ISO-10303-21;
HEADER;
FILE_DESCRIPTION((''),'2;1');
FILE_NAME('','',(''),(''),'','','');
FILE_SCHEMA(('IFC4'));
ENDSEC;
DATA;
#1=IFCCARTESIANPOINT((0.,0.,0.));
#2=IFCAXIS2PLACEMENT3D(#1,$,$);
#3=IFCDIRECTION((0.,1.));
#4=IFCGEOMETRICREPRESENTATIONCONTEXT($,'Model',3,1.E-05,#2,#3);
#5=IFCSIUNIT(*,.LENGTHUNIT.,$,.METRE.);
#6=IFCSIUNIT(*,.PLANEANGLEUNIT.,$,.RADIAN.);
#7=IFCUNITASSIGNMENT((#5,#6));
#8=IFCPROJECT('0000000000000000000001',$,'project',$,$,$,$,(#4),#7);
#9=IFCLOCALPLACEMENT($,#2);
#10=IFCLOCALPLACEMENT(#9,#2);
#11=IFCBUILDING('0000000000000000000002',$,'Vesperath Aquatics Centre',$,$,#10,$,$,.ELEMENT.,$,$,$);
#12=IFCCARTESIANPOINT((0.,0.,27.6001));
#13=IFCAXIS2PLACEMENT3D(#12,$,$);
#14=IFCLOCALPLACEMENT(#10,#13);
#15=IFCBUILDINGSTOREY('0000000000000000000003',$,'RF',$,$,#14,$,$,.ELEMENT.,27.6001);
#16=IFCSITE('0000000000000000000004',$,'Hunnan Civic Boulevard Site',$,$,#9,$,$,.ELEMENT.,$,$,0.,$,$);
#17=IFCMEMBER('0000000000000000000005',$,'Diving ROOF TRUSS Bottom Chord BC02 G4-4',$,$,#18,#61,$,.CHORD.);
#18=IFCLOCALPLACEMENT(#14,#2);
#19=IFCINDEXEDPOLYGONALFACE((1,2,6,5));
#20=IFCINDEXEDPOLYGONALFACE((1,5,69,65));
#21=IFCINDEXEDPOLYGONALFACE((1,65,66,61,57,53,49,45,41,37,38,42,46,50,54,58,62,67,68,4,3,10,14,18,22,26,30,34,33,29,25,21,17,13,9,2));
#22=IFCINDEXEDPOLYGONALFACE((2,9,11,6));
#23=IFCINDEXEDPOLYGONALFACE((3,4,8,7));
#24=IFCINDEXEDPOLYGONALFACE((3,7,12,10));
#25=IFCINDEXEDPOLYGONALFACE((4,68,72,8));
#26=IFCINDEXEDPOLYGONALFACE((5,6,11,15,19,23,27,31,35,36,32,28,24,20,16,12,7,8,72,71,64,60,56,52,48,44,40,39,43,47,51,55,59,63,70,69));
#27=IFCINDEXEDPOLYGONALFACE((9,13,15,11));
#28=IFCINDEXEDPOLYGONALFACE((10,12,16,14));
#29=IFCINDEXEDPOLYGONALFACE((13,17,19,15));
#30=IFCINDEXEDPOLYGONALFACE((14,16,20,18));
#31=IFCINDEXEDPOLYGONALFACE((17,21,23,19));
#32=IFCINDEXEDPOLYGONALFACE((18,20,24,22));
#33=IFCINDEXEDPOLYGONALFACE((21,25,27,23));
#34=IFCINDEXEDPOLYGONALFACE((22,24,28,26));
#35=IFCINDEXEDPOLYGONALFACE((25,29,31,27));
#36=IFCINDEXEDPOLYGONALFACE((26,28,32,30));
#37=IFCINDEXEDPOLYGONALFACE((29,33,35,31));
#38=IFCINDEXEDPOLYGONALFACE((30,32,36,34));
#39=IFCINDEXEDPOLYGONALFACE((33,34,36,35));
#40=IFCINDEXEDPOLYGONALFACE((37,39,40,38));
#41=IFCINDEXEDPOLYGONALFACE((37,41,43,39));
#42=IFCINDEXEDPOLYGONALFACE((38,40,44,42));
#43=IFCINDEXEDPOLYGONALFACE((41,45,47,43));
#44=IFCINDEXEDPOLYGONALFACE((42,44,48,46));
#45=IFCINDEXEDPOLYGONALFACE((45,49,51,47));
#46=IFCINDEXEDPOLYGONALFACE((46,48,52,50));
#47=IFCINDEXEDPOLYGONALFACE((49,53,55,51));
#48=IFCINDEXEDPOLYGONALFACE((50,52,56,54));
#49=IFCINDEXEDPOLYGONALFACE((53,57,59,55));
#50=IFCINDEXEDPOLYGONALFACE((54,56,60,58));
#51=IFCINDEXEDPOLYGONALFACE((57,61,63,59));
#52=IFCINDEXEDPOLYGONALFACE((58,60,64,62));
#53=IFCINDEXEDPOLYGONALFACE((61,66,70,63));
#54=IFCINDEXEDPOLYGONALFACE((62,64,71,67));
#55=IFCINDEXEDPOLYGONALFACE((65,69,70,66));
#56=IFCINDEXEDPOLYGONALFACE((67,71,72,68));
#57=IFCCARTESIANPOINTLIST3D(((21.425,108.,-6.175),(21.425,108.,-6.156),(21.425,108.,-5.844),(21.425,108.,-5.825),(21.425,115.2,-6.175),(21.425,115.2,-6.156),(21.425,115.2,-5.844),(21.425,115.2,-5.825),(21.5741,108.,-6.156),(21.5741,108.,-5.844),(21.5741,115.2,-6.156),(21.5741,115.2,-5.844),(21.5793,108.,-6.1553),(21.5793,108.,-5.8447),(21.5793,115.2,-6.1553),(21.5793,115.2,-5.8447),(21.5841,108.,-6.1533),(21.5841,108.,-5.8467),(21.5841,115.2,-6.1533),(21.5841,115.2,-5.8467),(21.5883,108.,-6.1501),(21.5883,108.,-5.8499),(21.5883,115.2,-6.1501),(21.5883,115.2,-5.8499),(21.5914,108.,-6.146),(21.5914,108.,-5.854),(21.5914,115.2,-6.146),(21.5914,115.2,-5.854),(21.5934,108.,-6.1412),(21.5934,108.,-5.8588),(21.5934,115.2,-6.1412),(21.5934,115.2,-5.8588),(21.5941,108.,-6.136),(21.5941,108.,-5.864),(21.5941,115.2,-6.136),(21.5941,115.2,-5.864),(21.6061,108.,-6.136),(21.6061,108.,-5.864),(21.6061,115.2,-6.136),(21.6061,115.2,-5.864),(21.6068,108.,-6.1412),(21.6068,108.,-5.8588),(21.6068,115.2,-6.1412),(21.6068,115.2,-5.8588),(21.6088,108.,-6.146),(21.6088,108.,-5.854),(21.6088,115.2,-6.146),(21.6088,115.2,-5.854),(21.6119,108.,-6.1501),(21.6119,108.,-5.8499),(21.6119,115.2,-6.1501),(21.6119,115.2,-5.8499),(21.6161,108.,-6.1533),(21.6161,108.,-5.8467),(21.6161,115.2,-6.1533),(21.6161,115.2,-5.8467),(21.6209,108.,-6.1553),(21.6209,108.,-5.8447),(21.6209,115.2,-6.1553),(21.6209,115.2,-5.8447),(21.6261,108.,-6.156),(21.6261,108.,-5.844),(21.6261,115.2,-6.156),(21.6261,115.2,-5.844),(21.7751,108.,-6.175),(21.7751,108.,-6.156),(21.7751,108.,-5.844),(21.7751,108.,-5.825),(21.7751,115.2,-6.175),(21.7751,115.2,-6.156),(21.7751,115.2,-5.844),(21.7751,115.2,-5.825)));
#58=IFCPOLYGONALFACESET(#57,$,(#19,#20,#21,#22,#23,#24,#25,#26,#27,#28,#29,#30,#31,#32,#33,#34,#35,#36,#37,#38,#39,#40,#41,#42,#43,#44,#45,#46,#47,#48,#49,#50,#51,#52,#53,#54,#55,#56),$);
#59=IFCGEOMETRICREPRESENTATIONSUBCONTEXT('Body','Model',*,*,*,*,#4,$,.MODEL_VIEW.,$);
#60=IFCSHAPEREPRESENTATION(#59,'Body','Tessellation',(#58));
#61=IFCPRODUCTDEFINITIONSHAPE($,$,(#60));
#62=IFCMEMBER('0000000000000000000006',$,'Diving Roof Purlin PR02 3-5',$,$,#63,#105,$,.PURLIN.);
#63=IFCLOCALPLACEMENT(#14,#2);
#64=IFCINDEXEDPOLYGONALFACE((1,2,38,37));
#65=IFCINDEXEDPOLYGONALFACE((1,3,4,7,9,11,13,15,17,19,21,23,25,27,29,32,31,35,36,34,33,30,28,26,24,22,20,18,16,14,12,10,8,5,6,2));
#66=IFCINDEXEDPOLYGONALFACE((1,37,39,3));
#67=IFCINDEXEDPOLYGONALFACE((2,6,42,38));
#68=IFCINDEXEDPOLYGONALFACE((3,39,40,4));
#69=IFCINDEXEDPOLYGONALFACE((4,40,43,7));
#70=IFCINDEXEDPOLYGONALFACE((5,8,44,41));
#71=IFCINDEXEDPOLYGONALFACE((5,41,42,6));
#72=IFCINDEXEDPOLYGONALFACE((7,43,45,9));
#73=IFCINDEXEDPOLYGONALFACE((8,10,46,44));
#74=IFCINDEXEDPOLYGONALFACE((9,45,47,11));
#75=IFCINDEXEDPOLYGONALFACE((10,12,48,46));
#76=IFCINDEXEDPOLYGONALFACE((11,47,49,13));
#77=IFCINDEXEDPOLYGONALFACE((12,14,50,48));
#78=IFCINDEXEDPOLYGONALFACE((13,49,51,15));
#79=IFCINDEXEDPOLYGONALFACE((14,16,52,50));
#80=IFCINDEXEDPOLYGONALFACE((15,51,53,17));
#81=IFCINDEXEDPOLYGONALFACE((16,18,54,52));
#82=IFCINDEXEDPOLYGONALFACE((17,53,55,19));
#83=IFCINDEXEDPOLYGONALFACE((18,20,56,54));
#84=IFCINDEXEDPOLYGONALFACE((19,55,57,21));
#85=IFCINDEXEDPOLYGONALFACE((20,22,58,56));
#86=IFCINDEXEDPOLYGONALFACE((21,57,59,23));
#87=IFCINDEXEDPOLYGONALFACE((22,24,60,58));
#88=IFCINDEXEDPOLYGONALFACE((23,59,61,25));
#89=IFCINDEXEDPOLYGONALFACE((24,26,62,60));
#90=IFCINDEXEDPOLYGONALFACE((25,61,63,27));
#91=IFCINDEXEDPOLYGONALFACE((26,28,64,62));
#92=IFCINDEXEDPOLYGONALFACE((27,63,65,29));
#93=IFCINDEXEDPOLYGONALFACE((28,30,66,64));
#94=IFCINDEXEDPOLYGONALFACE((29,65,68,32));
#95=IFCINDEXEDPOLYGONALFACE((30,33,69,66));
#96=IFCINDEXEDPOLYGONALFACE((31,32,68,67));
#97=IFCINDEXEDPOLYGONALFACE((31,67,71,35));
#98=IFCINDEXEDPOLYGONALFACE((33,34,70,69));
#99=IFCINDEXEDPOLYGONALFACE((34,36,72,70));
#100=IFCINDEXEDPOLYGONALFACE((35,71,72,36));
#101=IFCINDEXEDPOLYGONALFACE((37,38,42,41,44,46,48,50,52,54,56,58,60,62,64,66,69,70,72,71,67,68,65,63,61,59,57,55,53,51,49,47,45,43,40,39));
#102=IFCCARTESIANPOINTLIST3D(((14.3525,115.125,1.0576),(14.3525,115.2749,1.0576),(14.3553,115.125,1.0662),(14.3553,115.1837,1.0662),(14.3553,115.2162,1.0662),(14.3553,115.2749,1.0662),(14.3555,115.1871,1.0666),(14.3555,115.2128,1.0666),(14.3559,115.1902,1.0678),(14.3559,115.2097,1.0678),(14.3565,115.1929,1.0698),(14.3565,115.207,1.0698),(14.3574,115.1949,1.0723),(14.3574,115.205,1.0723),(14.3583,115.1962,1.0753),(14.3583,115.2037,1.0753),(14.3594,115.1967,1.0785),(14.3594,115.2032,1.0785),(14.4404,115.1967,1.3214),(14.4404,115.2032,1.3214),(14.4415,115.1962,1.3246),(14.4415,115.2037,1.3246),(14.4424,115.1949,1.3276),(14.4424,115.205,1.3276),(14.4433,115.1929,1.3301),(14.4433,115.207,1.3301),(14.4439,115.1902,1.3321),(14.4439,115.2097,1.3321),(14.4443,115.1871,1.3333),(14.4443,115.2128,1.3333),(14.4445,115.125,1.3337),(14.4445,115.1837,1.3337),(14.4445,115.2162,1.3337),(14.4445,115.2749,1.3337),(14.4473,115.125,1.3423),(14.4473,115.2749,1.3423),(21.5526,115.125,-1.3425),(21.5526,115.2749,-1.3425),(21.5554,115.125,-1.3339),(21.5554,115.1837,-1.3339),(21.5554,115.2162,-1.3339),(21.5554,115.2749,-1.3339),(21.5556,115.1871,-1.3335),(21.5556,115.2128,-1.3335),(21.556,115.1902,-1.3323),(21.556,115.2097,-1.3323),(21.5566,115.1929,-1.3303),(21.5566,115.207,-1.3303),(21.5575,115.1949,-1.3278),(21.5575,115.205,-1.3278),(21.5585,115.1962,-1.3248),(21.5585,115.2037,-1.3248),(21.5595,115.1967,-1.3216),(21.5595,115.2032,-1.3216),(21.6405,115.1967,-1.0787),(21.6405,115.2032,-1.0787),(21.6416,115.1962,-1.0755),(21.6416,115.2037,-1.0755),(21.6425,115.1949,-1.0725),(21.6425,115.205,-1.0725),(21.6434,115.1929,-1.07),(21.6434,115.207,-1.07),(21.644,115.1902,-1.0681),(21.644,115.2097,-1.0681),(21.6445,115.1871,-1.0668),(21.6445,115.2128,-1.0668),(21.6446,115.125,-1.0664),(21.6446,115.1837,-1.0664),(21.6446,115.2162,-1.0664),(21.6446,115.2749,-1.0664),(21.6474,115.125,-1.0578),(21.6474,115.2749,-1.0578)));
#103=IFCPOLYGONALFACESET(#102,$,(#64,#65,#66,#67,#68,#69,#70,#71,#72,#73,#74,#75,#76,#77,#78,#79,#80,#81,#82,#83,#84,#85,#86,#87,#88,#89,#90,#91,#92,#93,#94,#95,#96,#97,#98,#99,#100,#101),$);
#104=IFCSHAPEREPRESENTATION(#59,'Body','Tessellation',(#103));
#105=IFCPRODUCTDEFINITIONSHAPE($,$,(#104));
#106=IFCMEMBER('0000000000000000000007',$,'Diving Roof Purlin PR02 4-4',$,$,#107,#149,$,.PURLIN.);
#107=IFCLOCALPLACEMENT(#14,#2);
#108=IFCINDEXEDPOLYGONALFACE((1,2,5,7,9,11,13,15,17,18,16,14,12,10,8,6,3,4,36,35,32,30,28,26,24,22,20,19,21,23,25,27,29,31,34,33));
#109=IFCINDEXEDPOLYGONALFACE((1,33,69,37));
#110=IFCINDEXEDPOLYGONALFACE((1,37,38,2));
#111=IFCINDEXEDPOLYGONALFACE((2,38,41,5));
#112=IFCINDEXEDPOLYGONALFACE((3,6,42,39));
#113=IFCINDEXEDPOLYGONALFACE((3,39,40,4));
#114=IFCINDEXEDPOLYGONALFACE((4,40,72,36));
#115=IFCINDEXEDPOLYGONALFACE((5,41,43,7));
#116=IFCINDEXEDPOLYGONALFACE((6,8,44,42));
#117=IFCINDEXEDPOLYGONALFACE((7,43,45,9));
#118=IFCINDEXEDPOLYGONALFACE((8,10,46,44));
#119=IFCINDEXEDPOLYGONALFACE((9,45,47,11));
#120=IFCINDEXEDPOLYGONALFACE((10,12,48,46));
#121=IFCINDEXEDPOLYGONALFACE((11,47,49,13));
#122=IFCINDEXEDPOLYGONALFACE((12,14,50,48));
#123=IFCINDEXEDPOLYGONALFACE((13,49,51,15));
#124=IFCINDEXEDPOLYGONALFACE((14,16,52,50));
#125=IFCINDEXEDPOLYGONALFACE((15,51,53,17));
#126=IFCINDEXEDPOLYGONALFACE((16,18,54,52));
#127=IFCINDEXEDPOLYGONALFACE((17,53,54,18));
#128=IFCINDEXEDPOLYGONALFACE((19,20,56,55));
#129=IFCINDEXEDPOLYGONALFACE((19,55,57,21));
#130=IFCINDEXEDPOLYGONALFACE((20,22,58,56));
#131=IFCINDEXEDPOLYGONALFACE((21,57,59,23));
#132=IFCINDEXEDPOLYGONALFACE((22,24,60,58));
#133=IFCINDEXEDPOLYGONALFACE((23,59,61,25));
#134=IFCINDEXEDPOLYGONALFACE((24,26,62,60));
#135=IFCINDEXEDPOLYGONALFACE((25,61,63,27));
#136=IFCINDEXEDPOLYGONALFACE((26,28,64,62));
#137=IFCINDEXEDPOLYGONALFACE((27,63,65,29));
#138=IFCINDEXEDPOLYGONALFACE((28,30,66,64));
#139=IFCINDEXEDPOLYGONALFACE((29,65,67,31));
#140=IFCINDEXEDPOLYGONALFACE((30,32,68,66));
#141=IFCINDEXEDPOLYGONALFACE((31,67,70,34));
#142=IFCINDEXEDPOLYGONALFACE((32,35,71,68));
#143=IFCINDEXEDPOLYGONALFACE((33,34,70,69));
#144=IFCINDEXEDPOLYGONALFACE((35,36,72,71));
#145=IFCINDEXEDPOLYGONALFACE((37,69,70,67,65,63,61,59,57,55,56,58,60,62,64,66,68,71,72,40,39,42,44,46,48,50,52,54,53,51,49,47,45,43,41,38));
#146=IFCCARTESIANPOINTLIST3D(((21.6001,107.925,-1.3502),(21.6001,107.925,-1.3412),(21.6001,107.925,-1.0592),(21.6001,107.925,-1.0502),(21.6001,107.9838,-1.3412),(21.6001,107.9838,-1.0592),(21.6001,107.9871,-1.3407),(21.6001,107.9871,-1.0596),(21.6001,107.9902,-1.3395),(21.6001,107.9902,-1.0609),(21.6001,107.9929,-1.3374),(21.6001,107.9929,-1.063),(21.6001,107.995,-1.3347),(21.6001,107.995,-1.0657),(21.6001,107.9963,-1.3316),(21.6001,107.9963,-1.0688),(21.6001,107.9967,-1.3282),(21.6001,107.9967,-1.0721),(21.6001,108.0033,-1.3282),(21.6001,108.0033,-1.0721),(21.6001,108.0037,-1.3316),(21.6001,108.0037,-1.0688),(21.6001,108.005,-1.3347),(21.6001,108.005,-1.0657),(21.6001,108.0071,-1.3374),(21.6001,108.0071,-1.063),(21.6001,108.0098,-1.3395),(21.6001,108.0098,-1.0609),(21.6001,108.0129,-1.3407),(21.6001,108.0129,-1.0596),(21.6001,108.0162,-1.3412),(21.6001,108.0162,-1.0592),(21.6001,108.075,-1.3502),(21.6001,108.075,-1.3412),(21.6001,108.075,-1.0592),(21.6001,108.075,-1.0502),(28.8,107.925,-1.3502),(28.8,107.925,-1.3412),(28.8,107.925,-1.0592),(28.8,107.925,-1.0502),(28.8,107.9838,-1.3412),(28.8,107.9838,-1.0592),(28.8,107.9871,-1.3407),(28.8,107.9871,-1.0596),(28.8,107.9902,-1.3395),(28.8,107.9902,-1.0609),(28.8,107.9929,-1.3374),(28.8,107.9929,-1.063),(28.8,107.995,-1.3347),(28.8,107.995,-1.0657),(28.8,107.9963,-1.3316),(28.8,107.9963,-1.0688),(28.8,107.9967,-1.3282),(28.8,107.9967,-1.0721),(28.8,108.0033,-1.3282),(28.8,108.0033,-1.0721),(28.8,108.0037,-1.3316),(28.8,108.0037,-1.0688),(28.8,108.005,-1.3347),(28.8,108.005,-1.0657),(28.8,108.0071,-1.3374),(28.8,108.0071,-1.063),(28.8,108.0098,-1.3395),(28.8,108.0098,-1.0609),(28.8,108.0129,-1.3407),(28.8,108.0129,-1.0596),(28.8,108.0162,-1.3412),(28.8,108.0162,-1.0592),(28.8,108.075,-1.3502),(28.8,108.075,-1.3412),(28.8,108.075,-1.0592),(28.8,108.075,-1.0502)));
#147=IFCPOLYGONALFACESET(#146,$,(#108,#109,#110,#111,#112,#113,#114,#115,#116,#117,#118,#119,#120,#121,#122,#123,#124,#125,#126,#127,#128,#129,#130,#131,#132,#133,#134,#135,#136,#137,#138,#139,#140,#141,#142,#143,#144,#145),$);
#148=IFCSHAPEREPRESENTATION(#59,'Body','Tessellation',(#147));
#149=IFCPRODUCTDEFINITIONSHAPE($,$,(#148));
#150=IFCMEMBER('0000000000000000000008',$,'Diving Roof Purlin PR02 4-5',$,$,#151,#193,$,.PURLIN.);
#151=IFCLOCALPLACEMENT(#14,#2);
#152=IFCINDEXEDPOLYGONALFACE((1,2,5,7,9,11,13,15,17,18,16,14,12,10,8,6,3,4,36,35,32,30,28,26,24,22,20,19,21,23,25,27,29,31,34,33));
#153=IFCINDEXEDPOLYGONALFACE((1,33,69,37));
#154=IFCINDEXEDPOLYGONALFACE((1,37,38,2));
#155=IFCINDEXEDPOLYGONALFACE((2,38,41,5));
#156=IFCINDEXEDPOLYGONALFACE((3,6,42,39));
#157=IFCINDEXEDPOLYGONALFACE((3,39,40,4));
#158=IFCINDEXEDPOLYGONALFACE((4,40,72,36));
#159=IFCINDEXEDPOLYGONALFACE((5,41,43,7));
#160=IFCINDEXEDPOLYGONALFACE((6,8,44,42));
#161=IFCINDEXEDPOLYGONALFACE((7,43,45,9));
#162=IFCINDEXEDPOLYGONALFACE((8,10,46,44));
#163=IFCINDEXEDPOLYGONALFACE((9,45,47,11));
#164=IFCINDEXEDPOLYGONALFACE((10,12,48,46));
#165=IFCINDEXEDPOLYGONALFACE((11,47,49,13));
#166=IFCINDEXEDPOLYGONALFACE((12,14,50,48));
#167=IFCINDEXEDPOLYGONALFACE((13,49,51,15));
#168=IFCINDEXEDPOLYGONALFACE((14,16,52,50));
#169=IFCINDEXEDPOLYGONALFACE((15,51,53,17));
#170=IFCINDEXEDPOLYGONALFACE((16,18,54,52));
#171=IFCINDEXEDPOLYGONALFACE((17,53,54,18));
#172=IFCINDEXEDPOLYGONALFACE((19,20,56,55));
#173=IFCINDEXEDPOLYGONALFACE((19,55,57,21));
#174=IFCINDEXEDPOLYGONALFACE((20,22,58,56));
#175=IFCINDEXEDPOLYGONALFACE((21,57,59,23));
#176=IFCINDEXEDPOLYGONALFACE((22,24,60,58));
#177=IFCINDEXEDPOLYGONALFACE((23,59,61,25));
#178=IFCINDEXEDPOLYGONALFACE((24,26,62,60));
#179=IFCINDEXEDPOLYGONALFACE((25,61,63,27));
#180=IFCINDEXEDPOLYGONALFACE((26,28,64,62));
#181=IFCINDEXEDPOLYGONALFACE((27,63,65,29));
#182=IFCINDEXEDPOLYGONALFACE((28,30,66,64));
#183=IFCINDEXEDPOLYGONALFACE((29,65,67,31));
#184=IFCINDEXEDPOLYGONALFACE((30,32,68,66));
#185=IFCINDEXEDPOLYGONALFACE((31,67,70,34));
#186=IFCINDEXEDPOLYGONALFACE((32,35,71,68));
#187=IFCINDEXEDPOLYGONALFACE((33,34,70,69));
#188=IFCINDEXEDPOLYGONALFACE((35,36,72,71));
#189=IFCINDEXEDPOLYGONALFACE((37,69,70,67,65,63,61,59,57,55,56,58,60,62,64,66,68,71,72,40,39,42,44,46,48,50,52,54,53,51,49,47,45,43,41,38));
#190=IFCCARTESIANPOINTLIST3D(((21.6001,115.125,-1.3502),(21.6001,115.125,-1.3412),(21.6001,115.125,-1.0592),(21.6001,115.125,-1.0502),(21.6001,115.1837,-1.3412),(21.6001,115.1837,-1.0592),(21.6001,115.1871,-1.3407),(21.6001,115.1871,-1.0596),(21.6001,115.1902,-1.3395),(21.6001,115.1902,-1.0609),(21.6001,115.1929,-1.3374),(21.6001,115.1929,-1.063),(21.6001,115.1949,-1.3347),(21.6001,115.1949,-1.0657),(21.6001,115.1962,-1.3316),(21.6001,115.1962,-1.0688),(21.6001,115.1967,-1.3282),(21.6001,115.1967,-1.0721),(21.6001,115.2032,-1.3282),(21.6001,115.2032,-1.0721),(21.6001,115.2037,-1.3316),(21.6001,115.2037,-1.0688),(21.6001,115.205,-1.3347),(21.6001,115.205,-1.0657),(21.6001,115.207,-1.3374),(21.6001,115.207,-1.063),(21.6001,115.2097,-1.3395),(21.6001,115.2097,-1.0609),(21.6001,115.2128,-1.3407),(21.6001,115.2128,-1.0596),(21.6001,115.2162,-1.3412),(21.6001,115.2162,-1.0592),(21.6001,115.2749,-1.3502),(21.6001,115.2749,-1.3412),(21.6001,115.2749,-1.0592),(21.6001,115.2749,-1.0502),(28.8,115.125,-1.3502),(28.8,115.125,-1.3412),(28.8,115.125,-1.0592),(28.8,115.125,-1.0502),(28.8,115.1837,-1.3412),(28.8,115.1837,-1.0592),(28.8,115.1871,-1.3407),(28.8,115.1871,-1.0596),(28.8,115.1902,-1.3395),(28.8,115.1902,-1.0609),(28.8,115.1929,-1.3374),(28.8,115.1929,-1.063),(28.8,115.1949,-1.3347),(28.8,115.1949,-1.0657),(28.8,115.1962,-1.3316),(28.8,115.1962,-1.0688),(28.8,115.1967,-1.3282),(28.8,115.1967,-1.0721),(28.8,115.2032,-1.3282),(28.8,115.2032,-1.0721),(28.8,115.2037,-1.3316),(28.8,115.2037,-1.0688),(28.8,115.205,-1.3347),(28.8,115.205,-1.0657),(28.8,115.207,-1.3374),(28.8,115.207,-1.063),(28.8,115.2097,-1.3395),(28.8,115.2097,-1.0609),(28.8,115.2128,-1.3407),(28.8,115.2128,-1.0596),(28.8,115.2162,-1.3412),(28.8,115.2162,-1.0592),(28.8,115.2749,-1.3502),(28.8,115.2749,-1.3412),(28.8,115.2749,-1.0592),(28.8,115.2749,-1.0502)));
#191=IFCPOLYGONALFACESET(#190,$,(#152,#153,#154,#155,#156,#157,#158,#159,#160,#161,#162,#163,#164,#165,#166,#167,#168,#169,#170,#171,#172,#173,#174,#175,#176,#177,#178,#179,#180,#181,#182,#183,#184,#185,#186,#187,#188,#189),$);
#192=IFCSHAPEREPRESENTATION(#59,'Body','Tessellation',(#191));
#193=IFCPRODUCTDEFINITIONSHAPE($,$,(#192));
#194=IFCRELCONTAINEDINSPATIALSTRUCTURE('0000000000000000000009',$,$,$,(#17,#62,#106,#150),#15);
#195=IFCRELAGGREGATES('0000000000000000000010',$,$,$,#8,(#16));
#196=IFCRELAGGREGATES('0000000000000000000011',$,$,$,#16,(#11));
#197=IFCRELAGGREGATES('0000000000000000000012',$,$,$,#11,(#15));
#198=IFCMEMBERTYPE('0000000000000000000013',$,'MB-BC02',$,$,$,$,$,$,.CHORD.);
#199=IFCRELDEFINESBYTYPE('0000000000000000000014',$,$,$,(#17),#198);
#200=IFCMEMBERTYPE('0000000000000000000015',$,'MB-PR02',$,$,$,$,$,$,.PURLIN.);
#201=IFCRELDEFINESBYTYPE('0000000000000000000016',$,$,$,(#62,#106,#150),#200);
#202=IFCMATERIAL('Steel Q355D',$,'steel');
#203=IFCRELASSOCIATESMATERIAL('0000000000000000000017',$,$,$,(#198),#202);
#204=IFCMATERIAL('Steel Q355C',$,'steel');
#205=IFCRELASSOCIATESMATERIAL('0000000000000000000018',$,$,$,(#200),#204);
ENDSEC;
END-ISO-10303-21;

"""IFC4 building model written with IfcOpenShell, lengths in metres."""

from ifc_helpers import new_model, si_unit, direction, frame, origin, origin_2d, place, context, subcontext, project, spatial, i_section, extrude, material, material_profile, profile_set, type_object, element, save


model = new_model("IFC4")

# Units and contexts
model_context = context("Model", 3, precision=1e-05, world=origin(), true_north=direction((0.0, 1.0)))
body_context = subcontext(model_context, "Body", "Model", "MODEL_VIEW")
ifc_project = project(units=[si_unit("LENGTHUNIT", "METRE"), si_unit("PLANEANGLEUNIT", "RADIAN")], contexts=[model_context])

# Site, building, storey
site_placement = place(None, origin())
site = spatial("IfcSite", under=ifc_project, at=site_placement, Name="Hunnan Civic Boulevard Site", CompositionType="ELEMENT", RefElevation=0.0)
building_placement = place(site_placement, origin())
building = spatial("IfcBuilding", under=site, at=building_placement, Name="Vesperath Aquatics Centre", CompositionType="ELEMENT")
storey_placement = place(building_placement, frame((0.0, 0.0, 27.6001)))
storey = spatial("IfcBuildingStorey", under=building, at=storey_placement, Name="RF", CompositionType="ELEMENT", Elevation=27.6001)

# Shared definitions
ifc_material_1 = material(Name="Steel Q355C", Category="steel")

# Members
ifc_material_2 = material(Name="Steel Q355D", Category="steel")
ifc_material_profile_1 = material_profile(ifc_material_2, i_section(OverallWidth=0.3501, OverallDepth=0.3501, WebThickness=0.012, FlangeThickness=0.019, FilletRadius=0.02, at=origin_2d()), Name="HW 350x350x12x19")
ifc_profile_set_1 = profile_set([ifc_material_profile_1], Name="Steel Q355D")
member_type_1 = type_object("IfcMemberType", Name="MB-BC02", PredefinedType="CHORD", material=ifc_profile_set_1)
member_1_placement = place(storey_placement, frame((21.6001, 108.0, -6.0), z_axis=(0.0, 1.0, 0.0), x_axis=(-1.0, 0.0, 0.0)))
element("IfcMember", 1, at=member_1_placement, inside=storey, type_object=member_type_1, Name="Diving ROOF TRUSS Bottom Chord BC02 G4-4", PredefinedType="CHORD", context=body_context, shape_type="SweptSolid", body=[
    extrude(i_section(OverallWidth=0.3501, OverallDepth=0.3501, WebThickness=0.012, FlangeThickness=0.019, FilletRadius=0.02, at=origin_2d()), origin(), (0.0, 0.0, 1.0), 7.2),
])
ifc_material_profile_2 = material_profile(ifc_material_1, i_section(OverallWidth=0.1499, OverallDepth=0.3, WebThickness=0.0066, FlangeThickness=0.009, FilletRadius=0.0129, at=origin_2d()), Name="HN 300x150x6.5x9")
ifc_profile_set_2 = profile_set([ifc_material_profile_2], Name="Steel Q355C")
member_type_2 = type_object("IfcMemberType", Name="MB-PR02", PredefinedType="PURLIN", material=ifc_profile_set_2)
member_2_placement = place(storey_placement, frame((14.3999, 115.2, 1.2), z_axis=(0.94868, 0.0, -0.316237), x_axis=(0.0, 1.0, 0.0)))
element("IfcMember", 2, at=member_2_placement, inside=storey, type_object=member_type_2, Name="Diving Roof Purlin PR02 3-5", PredefinedType="PURLIN", context=body_context, shape_type="SweptSolid", body=[
    extrude(i_section(OverallWidth=0.1499, OverallDepth=0.3, WebThickness=0.0066, FlangeThickness=0.009, FilletRadius=0.0129, at=origin_2d()), origin(), (0.0, 0.0, 1.0), 7.5896),
])
for number, where, z_axis, x_axis, name in (
    (3, (21.6001, 108.0, -1.2002), (1.0, 0.0, 0.0), (0.0, 1.0, 0.0), "Diving Roof Purlin PR02 4-4"),
    (4, (21.6001, 115.2, -1.2002), (1.0, 0.0, 0.0), (0.0, 1.0, 0.0), "Diving Roof Purlin PR02 4-5"),
):
    element("IfcMember", number, at=place(storey_placement, frame(where, z_axis=z_axis, x_axis=x_axis)), inside=storey, type_object=member_type_2, Name=name, PredefinedType="PURLIN", context=body_context, shape_type="SweptSolid", body=[
        extrude(i_section(OverallWidth=0.1499, OverallDepth=0.3, WebThickness=0.0066, FlangeThickness=0.009, FilletRadius=0.0129, at=origin_2d()), origin(), (0.0, 0.0, 1.0), 7.2),
    ])

save(model, "model.ifc")
